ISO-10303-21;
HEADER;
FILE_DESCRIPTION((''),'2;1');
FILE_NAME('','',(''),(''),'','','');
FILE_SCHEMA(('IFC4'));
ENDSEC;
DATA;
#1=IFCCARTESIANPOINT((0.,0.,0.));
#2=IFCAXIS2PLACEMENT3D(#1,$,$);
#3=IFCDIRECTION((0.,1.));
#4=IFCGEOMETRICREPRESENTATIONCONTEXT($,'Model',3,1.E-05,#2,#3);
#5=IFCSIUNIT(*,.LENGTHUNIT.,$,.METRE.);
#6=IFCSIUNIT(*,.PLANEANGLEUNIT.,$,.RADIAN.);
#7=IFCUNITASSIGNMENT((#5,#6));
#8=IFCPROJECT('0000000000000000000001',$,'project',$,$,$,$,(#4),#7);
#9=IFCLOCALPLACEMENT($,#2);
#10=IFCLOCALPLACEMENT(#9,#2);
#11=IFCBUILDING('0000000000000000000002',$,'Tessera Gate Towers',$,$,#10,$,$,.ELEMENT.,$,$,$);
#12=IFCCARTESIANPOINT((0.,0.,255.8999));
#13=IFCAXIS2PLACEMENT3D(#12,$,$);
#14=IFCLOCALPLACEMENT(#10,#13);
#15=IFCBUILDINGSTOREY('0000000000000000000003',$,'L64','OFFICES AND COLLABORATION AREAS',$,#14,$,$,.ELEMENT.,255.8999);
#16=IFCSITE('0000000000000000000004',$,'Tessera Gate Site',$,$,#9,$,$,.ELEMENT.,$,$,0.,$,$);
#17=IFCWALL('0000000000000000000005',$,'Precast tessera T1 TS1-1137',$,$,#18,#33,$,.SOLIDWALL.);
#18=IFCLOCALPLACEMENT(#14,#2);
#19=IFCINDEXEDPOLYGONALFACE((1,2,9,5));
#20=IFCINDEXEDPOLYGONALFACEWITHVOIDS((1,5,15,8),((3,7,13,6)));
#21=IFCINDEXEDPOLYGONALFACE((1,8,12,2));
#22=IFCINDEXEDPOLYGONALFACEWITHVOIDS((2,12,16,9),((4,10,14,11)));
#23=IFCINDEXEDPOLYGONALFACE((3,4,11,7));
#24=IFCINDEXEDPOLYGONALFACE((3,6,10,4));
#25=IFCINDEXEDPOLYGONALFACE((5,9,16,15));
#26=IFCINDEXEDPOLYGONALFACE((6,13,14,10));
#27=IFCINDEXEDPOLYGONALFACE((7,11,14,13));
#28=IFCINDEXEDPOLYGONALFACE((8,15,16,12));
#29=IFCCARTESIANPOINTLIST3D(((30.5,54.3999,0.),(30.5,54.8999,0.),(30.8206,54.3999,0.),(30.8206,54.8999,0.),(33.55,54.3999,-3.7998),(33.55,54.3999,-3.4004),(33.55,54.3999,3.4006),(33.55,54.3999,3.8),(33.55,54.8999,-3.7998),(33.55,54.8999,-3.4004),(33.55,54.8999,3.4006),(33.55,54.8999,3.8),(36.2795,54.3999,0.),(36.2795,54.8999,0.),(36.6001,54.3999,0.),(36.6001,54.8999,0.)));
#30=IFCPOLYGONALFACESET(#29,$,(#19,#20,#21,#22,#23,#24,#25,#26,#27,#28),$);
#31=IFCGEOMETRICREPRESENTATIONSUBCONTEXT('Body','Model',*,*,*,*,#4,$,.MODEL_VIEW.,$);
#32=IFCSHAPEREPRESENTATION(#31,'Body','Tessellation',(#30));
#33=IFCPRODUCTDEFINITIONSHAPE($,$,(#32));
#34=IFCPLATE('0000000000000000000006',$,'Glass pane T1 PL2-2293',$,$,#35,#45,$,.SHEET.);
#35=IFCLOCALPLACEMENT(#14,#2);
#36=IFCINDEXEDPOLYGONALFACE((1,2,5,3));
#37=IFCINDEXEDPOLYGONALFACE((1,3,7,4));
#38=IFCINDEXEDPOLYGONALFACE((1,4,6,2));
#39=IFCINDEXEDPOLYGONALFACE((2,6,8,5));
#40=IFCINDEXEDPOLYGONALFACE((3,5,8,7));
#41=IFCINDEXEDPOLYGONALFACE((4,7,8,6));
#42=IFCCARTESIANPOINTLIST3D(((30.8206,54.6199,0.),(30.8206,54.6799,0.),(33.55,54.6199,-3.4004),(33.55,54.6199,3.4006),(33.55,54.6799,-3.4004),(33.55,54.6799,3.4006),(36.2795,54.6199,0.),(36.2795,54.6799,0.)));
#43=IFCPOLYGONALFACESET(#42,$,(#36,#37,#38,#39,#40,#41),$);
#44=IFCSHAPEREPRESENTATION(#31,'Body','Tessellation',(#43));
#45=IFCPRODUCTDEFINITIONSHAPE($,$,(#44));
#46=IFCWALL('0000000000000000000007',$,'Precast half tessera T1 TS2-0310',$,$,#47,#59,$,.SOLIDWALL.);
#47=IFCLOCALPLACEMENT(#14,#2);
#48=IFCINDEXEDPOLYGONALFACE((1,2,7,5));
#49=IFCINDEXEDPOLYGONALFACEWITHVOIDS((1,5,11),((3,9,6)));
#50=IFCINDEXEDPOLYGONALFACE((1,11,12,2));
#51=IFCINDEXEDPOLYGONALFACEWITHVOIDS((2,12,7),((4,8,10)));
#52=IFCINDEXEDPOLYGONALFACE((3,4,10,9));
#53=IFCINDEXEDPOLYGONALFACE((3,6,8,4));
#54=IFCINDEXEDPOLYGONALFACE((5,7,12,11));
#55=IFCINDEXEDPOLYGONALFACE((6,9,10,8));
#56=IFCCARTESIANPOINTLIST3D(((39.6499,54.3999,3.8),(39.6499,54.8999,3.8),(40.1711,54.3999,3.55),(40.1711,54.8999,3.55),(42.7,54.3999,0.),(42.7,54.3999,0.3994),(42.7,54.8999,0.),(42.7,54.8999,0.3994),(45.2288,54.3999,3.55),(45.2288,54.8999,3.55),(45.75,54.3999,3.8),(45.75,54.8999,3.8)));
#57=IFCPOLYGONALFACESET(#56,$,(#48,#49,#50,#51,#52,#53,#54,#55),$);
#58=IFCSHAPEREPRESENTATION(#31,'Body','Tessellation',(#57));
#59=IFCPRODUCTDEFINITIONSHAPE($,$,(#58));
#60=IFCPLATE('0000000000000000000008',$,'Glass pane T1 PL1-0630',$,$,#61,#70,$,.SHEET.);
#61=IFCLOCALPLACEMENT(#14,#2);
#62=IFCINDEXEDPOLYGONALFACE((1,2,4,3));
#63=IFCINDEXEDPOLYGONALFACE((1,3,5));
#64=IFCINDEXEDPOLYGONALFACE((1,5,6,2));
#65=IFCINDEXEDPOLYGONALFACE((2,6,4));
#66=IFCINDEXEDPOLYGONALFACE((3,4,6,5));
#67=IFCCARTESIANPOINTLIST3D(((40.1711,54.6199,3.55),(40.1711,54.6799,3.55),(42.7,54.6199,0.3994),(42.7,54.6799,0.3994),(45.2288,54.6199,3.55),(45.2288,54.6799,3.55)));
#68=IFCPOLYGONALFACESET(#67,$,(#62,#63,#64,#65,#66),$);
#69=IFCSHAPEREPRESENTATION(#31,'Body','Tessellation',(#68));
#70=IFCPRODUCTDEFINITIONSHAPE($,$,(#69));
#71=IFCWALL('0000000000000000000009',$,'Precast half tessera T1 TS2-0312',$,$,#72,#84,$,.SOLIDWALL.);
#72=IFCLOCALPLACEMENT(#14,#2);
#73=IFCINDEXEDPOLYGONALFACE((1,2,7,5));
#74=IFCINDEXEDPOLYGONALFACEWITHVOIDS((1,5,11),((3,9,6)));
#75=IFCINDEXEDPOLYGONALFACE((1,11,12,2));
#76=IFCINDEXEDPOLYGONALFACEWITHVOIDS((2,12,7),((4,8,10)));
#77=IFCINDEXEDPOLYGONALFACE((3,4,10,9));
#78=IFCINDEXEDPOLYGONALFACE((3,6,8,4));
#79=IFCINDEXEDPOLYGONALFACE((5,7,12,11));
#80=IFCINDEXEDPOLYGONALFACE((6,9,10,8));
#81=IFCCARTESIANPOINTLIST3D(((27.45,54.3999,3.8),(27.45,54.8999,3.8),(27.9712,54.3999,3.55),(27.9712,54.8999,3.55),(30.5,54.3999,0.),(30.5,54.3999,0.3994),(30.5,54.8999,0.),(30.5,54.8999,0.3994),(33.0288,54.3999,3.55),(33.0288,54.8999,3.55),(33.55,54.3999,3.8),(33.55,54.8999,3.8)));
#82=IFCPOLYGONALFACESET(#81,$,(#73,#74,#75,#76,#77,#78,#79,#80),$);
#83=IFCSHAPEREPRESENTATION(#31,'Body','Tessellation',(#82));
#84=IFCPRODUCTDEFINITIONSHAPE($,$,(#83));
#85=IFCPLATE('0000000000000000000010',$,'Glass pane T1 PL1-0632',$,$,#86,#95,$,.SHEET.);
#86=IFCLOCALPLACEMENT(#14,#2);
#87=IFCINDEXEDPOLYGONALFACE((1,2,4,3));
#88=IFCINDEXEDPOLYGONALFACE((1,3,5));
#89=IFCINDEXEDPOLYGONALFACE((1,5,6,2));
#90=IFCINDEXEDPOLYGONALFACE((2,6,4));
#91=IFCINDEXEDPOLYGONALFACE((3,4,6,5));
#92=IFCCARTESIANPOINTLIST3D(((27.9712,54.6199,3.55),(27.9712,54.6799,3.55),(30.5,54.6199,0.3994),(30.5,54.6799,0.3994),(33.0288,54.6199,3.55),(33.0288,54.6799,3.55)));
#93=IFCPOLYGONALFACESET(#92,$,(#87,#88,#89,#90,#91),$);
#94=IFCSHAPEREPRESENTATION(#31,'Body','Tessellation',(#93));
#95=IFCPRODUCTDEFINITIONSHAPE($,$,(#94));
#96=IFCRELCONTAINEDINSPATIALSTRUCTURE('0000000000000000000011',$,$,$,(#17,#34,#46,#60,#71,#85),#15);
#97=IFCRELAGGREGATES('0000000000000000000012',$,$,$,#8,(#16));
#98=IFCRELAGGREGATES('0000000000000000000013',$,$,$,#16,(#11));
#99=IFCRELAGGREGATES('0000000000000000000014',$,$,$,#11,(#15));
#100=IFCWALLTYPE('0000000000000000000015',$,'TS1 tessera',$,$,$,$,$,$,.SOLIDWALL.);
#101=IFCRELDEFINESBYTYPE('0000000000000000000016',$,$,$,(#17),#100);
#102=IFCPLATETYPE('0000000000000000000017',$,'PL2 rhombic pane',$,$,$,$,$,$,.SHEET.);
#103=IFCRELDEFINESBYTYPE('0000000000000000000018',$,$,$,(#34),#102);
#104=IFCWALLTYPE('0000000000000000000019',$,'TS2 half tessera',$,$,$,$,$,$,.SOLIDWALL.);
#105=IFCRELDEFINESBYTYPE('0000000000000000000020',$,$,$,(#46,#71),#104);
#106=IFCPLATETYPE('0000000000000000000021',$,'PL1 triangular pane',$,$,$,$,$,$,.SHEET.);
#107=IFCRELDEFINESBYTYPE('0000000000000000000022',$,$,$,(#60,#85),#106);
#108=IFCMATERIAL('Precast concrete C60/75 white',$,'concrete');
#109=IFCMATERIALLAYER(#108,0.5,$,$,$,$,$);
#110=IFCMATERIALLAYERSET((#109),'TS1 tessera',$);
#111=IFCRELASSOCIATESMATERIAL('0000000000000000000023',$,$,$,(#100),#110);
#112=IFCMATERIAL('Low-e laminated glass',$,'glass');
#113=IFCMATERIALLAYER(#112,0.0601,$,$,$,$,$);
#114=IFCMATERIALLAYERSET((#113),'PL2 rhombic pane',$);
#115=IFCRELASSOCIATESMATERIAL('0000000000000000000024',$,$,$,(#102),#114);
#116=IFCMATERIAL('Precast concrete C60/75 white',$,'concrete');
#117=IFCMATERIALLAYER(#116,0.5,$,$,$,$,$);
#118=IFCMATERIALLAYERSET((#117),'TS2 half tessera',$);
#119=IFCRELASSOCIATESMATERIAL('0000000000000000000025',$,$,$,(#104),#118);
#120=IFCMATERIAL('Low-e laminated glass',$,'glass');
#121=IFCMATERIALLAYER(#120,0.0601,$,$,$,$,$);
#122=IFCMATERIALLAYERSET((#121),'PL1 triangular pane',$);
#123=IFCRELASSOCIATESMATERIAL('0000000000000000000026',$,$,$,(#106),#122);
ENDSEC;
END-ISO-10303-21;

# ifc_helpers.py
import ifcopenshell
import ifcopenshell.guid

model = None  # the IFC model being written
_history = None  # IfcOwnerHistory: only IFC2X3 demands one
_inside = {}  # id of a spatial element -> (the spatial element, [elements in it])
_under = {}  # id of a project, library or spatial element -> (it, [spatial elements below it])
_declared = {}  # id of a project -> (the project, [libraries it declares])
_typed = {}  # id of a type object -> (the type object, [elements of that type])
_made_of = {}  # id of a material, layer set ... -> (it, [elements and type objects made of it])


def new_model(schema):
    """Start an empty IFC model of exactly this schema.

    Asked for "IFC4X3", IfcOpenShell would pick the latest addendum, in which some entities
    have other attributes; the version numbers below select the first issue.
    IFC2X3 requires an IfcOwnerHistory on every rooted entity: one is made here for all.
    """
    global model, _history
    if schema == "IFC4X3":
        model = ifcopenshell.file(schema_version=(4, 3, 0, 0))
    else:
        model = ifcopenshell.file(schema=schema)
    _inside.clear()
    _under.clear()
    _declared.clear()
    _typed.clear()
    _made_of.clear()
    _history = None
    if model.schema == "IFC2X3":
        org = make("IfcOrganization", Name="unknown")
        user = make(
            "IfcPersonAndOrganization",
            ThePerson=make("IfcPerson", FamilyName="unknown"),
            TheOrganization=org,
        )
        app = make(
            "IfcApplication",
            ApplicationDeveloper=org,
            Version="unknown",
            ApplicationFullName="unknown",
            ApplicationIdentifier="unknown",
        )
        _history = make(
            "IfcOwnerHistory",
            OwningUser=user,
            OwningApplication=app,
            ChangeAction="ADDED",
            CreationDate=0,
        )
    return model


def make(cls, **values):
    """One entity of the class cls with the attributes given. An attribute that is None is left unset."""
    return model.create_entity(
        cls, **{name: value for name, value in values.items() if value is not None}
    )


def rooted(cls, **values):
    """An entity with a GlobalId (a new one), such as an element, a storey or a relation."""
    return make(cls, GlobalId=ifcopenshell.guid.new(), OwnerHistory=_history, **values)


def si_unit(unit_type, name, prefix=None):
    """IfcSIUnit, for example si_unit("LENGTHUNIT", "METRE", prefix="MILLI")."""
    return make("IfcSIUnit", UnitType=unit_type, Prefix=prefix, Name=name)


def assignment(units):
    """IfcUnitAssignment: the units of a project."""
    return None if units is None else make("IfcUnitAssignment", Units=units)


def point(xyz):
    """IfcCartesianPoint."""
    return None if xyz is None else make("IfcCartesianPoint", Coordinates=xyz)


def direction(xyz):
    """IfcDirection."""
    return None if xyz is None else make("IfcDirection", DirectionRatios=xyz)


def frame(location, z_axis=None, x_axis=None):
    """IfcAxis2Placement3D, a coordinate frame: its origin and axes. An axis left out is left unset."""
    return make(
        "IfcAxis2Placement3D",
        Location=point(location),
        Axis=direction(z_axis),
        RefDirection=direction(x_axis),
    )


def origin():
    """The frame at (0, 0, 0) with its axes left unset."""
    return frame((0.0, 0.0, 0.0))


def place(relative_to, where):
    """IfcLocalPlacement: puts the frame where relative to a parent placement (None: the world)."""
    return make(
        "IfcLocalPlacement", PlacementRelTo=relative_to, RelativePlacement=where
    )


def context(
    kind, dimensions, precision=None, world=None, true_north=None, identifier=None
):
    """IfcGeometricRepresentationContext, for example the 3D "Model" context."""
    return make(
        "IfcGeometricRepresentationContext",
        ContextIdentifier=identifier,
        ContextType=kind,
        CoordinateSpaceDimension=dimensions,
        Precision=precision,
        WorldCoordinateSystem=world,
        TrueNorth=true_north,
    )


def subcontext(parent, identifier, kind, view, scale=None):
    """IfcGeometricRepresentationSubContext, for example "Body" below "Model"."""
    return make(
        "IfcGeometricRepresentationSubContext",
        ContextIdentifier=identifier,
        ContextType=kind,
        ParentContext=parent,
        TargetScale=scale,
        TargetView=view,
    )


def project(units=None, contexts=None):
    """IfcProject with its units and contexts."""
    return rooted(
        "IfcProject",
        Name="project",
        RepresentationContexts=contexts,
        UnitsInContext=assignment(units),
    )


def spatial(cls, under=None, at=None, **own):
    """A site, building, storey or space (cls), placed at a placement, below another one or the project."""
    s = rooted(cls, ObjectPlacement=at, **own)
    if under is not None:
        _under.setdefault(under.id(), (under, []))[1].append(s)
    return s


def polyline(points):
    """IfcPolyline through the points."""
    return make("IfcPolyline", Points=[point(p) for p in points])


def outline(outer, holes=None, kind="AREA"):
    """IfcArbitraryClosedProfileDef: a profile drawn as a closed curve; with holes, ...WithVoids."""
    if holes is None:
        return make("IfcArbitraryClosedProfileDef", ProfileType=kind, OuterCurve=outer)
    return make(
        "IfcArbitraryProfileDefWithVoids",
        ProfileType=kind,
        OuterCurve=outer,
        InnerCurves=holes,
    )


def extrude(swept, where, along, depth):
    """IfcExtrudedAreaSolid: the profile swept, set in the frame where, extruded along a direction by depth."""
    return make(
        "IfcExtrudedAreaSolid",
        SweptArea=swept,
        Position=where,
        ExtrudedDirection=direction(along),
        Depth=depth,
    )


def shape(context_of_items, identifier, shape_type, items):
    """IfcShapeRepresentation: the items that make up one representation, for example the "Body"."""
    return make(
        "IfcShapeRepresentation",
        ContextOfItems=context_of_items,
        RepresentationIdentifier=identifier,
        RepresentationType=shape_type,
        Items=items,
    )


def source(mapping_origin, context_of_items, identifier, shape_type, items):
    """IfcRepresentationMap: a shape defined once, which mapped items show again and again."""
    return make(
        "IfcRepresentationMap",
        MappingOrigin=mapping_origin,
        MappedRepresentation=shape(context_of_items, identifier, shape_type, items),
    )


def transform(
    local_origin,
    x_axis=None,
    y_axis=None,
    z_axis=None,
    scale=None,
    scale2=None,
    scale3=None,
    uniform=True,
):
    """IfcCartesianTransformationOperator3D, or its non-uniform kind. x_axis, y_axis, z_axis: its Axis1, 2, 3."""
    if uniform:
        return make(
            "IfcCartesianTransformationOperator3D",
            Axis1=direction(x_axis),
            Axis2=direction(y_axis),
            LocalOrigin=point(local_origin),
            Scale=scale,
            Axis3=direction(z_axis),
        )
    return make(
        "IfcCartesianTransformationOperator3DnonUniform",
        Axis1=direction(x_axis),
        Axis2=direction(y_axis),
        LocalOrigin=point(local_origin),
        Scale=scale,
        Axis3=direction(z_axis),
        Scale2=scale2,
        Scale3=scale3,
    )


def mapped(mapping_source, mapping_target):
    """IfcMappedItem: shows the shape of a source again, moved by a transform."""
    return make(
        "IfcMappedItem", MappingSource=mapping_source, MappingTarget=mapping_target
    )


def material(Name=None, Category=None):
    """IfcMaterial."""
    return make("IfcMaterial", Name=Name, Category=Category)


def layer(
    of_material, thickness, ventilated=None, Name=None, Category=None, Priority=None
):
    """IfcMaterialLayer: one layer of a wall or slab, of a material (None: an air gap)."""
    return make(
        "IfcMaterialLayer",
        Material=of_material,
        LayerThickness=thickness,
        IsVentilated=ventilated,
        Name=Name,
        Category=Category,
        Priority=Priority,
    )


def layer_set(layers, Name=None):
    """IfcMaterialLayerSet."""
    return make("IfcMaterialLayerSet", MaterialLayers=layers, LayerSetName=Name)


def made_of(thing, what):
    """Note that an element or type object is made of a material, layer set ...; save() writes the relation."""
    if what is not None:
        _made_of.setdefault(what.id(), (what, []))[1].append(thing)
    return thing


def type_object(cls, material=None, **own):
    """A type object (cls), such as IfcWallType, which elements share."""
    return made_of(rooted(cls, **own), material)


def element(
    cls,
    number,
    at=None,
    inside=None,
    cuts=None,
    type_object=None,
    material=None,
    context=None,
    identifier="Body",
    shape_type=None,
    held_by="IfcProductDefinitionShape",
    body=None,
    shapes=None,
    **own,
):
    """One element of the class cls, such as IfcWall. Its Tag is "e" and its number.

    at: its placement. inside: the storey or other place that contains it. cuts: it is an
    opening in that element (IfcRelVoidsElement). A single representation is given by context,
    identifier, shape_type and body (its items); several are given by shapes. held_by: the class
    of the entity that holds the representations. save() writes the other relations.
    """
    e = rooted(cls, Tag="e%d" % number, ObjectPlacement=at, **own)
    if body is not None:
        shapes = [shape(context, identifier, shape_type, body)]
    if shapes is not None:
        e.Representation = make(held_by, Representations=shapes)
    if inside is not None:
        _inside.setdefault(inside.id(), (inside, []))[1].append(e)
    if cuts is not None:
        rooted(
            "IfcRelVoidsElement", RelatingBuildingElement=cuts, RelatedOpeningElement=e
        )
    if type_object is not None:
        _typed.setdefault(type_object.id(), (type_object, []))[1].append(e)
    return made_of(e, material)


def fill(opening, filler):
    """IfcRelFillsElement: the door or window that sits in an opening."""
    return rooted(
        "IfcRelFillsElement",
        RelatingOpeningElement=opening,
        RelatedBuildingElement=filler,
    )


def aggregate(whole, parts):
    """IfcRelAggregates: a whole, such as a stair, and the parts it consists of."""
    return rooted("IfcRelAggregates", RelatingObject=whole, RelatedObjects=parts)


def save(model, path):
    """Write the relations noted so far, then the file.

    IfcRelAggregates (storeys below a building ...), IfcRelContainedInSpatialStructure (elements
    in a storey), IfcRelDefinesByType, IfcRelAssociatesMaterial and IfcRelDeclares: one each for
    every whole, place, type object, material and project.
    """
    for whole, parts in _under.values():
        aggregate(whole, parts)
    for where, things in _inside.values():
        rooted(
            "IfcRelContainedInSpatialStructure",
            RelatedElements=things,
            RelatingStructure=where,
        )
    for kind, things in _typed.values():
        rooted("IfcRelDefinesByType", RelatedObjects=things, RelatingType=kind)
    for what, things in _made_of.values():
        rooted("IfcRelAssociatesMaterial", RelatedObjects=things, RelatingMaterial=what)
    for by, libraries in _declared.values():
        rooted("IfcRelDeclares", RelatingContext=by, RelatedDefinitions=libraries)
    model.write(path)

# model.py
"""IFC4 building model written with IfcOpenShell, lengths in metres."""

from ifc_helpers import new_model, si_unit, direction, frame, origin, place, context, subcontext, project, spatial, polyline, outline, extrude, source, transform, mapped, material, layer, layer_set, type_object, element, fill, save


model = new_model("IFC4")

# Units and contexts
model_context = context("Model", 3, precision=1e-05, world=origin(), true_north=direction((0.0, 1.0)))
body_context = subcontext(model_context, "Body", "Model", "MODEL_VIEW")
ifc_project = project(units=[si_unit("LENGTHUNIT", "METRE"), si_unit("PLANEANGLEUNIT", "RADIAN")], contexts=[model_context])

# Site, building, storey
site_placement = place(None, origin())
site = spatial("IfcSite", under=ifc_project, at=site_placement, Name="Tessera Gate Site", CompositionType="ELEMENT", RefElevation=0.0)
building_placement = place(site_placement, origin())
building = spatial("IfcBuilding", under=site, at=building_placement, Name="Tessera Gate Towers", CompositionType="ELEMENT")
storey_placement = place(building_placement, frame((0.0, 0.0, 255.8999)))
storey = spatial("IfcBuildingStorey", under=building, at=storey_placement, Name="L64", Description="OFFICES AND COLLABORATION AREAS", CompositionType="ELEMENT", Elevation=255.8999)

# Walls, openings, plates
ifc_material_1 = material(Name="Precast concrete C60/75 white", Category="concrete")
ifc_layer_1 = layer(ifc_material_1, 0.5)
ifc_layer_set_1 = layer_set([ifc_layer_1], Name="TS1 tessera")
wall_type_1 = type_object("IfcWallType", Name="TS1 tessera", PredefinedType="SOLIDWALL", material=ifc_layer_set_1)
shared_shape_1 = source(origin(), body_context, "Body", "SweptSolid", [
    extrude(outline(polyline([(3.05, 0.0), (6.1001, 3.7998), (3.05, 7.5999), (0.0, 3.7998), (3.05, 0.0)])), frame((0.0, 0.25, 0.0), z_axis=(0.0, -1.0, 0.0), x_axis=(1.0, 0.0, 0.0)), (0.0, 0.0, 1.0), 0.5),
])
wall_1_placement = place(storey_placement, frame((36.6001, 54.6499, -3.7998), z_axis=(0.0, 0.0, 1.0), x_axis=(-1.0, 0.0, 0.0)))
wall_1 = element("IfcWall", 1, at=wall_1_placement, inside=storey, type_object=wall_type_1, Name="Precast tessera T1 TS1-1137", PredefinedType="SOLIDWALL", context=body_context, shape_type="MappedRepresentation", body=[
    mapped(shared_shape_1, transform((0.0, 0.0, 0.0), scale=1.0)),
])
shared_shape_2 = source(origin(), body_context, "Body", "SweptSolid", [
    extrude(outline(polyline([(3.05, 0.3994), (5.7795, 3.7998), (3.05, 7.2004), (0.3206, 3.7998), (3.05, 0.3994)])), frame((0.0, 0.26, 0.0), z_axis=(0.0, -1.0, 0.0), x_axis=(1.0, 0.0, 0.0)), (0.0, 0.0, 1.0), 0.52),
])
opening_1_placement = place(wall_1_placement, origin())
opening_1 = element("IfcOpeningElement", 2, at=opening_1_placement, cuts=wall_1, PredefinedType="OPENING", context=body_context, shape_type="MappedRepresentation", body=[
    mapped(shared_shape_2, transform((0.0, 0.0, 0.0), scale=1.0)),
])
ifc_material_2 = material(Name="Low-e laminated glass", Category="glass")
ifc_layer_2 = layer(ifc_material_2, 0.0601)
ifc_layer_set_2 = layer_set([ifc_layer_2], Name="PL2 rhombic pane")
plate_type_1 = type_object("IfcPlateType", Name="PL2 rhombic pane", PredefinedType="SHEET", material=ifc_layer_set_2)
shared_shape_3 = source(origin(), body_context, "Body", "SweptSolid", [
    extrude(outline(polyline([(3.05, 0.3994), (5.7795, 3.7998), (3.05, 7.2004), (0.3206, 3.7998), (3.05, 0.3994)])), frame((0.0, 0.03, 0.0), z_axis=(0.0, -1.0, 0.0), x_axis=(1.0, 0.0, 0.0)), (0.0, 0.0, 1.0), 0.0601),
])
plate_1_placement = place(opening_1_placement, origin())
plate_1 = element("IfcPlate", 3, at=plate_1_placement, inside=storey, type_object=plate_type_1, Name="Glass pane T1 PL2-2293", PredefinedType="SHEET", context=body_context, shape_type="MappedRepresentation", body=[
    mapped(shared_shape_3, transform((0.0, 0.0, 0.0), scale=1.0)),
])
fill(opening_1, plate_1)
ifc_material_3 = material(Name="Precast concrete C60/75 white", Category="concrete")
ifc_layer_3 = layer(ifc_material_3, 0.5)
ifc_layer_set_3 = layer_set([ifc_layer_3], Name="TS2 half tessera")
wall_type_2 = type_object("IfcWallType", Name="TS2 half tessera", PredefinedType="SOLIDWALL", material=ifc_layer_set_3)
shared_shape_4 = source(origin(), body_context, "Body", "SweptSolid", [
    extrude(outline(polyline([(3.05, 0.0), (6.1001, 3.8), (0.0, 3.8), (3.05, 0.0)])), frame((0.0, 0.25, 0.0), z_axis=(0.0, -1.0, 0.0), x_axis=(1.0, 0.0, 0.0)), (0.0, 0.0, 1.0), 0.5),
])
wall_2_placement = place(storey_placement, frame((45.75, 54.6499, 0.0), z_axis=(0.0, 0.0, 1.0), x_axis=(-1.0, 0.0, 0.0)))
wall_2 = element("IfcWall", 4, at=wall_2_placement, inside=storey, type_object=wall_type_2, Name="Precast half tessera T1 TS2-0310", PredefinedType="SOLIDWALL", context=body_context, shape_type="MappedRepresentation", body=[
    mapped(shared_shape_4, transform((0.0, 0.0, 0.0), scale=1.0)),
])
shared_shape_5 = source(origin(), body_context, "Body", "SweptSolid", [
    extrude(outline(polyline([(3.05, 0.3994), (5.5789, 3.55), (0.5212, 3.55), (3.05, 0.3994)])), frame((0.0, 0.26, 0.0), z_axis=(0.0, -1.0, 0.0), x_axis=(1.0, 0.0, 0.0)), (0.0, 0.0, 1.0), 0.52),
])
opening_2_placement = place(wall_2_placement, origin())
opening_2 = element("IfcOpeningElement", 5, at=opening_2_placement, cuts=wall_2, PredefinedType="OPENING", context=body_context, shape_type="MappedRepresentation", body=[
    mapped(shared_shape_5, transform((0.0, 0.0, 0.0), scale=1.0)),
])
ifc_material_4 = material(Name="Low-e laminated glass", Category="glass")
ifc_layer_4 = layer(ifc_material_4, 0.0601)
ifc_layer_set_4 = layer_set([ifc_layer_4], Name="PL1 triangular pane")
plate_type_2 = type_object("IfcPlateType", Name="PL1 triangular pane", PredefinedType="SHEET", material=ifc_layer_set_4)
shared_shape_6 = source(origin(), body_context, "Body", "SweptSolid", [
    extrude(outline(polyline([(3.05, 0.3994), (5.5789, 3.55), (0.5212, 3.55), (3.05, 0.3994)])), frame((0.0, 0.03, 0.0), z_axis=(0.0, -1.0, 0.0), x_axis=(1.0, 0.0, 0.0)), (0.0, 0.0, 1.0), 0.0601),
])
plate_2_placement = place(opening_2_placement, origin())
plate_2 = element("IfcPlate", 6, at=plate_2_placement, inside=storey, type_object=plate_type_2, Name="Glass pane T1 PL1-0630", PredefinedType="SHEET", context=body_context, shape_type="MappedRepresentation", body=[
    mapped(shared_shape_6, transform((0.0, 0.0, 0.0), scale=1.0)),
])
fill(opening_2, plate_2)
wall_3_placement = place(storey_placement, frame((33.55, 54.6499, 0.0), z_axis=(0.0, 0.0, 1.0), x_axis=(-1.0, 0.0, 0.0)))
wall_3 = element("IfcWall", 7, at=wall_3_placement, inside=storey, type_object=wall_type_2, Name="Precast half tessera T1 TS2-0312", PredefinedType="SOLIDWALL", context=body_context, shape_type="MappedRepresentation", body=[
    mapped(shared_shape_4, transform((0.0, 0.0, 0.0), scale=1.0)),
])
opening_3_placement = place(wall_3_placement, origin())
opening_3 = element("IfcOpeningElement", 8, at=opening_3_placement, cuts=wall_3, PredefinedType="OPENING", context=body_context, shape_type="MappedRepresentation", body=[
    mapped(shared_shape_5, transform((0.0, 0.0, 0.0), scale=1.0)),
])
plate_3_placement = place(opening_3_placement, origin())
plate_3 = element("IfcPlate", 9, at=plate_3_placement, inside=storey, type_object=plate_type_2, Name="Glass pane T1 PL1-0632", PredefinedType="SHEET", context=body_context, shape_type="MappedRepresentation", body=[
    mapped(shared_shape_6, transform((0.0, 0.0, 0.0), scale=1.0)),
])
fill(opening_3, plate_3)

save(model, "model.ifc")
